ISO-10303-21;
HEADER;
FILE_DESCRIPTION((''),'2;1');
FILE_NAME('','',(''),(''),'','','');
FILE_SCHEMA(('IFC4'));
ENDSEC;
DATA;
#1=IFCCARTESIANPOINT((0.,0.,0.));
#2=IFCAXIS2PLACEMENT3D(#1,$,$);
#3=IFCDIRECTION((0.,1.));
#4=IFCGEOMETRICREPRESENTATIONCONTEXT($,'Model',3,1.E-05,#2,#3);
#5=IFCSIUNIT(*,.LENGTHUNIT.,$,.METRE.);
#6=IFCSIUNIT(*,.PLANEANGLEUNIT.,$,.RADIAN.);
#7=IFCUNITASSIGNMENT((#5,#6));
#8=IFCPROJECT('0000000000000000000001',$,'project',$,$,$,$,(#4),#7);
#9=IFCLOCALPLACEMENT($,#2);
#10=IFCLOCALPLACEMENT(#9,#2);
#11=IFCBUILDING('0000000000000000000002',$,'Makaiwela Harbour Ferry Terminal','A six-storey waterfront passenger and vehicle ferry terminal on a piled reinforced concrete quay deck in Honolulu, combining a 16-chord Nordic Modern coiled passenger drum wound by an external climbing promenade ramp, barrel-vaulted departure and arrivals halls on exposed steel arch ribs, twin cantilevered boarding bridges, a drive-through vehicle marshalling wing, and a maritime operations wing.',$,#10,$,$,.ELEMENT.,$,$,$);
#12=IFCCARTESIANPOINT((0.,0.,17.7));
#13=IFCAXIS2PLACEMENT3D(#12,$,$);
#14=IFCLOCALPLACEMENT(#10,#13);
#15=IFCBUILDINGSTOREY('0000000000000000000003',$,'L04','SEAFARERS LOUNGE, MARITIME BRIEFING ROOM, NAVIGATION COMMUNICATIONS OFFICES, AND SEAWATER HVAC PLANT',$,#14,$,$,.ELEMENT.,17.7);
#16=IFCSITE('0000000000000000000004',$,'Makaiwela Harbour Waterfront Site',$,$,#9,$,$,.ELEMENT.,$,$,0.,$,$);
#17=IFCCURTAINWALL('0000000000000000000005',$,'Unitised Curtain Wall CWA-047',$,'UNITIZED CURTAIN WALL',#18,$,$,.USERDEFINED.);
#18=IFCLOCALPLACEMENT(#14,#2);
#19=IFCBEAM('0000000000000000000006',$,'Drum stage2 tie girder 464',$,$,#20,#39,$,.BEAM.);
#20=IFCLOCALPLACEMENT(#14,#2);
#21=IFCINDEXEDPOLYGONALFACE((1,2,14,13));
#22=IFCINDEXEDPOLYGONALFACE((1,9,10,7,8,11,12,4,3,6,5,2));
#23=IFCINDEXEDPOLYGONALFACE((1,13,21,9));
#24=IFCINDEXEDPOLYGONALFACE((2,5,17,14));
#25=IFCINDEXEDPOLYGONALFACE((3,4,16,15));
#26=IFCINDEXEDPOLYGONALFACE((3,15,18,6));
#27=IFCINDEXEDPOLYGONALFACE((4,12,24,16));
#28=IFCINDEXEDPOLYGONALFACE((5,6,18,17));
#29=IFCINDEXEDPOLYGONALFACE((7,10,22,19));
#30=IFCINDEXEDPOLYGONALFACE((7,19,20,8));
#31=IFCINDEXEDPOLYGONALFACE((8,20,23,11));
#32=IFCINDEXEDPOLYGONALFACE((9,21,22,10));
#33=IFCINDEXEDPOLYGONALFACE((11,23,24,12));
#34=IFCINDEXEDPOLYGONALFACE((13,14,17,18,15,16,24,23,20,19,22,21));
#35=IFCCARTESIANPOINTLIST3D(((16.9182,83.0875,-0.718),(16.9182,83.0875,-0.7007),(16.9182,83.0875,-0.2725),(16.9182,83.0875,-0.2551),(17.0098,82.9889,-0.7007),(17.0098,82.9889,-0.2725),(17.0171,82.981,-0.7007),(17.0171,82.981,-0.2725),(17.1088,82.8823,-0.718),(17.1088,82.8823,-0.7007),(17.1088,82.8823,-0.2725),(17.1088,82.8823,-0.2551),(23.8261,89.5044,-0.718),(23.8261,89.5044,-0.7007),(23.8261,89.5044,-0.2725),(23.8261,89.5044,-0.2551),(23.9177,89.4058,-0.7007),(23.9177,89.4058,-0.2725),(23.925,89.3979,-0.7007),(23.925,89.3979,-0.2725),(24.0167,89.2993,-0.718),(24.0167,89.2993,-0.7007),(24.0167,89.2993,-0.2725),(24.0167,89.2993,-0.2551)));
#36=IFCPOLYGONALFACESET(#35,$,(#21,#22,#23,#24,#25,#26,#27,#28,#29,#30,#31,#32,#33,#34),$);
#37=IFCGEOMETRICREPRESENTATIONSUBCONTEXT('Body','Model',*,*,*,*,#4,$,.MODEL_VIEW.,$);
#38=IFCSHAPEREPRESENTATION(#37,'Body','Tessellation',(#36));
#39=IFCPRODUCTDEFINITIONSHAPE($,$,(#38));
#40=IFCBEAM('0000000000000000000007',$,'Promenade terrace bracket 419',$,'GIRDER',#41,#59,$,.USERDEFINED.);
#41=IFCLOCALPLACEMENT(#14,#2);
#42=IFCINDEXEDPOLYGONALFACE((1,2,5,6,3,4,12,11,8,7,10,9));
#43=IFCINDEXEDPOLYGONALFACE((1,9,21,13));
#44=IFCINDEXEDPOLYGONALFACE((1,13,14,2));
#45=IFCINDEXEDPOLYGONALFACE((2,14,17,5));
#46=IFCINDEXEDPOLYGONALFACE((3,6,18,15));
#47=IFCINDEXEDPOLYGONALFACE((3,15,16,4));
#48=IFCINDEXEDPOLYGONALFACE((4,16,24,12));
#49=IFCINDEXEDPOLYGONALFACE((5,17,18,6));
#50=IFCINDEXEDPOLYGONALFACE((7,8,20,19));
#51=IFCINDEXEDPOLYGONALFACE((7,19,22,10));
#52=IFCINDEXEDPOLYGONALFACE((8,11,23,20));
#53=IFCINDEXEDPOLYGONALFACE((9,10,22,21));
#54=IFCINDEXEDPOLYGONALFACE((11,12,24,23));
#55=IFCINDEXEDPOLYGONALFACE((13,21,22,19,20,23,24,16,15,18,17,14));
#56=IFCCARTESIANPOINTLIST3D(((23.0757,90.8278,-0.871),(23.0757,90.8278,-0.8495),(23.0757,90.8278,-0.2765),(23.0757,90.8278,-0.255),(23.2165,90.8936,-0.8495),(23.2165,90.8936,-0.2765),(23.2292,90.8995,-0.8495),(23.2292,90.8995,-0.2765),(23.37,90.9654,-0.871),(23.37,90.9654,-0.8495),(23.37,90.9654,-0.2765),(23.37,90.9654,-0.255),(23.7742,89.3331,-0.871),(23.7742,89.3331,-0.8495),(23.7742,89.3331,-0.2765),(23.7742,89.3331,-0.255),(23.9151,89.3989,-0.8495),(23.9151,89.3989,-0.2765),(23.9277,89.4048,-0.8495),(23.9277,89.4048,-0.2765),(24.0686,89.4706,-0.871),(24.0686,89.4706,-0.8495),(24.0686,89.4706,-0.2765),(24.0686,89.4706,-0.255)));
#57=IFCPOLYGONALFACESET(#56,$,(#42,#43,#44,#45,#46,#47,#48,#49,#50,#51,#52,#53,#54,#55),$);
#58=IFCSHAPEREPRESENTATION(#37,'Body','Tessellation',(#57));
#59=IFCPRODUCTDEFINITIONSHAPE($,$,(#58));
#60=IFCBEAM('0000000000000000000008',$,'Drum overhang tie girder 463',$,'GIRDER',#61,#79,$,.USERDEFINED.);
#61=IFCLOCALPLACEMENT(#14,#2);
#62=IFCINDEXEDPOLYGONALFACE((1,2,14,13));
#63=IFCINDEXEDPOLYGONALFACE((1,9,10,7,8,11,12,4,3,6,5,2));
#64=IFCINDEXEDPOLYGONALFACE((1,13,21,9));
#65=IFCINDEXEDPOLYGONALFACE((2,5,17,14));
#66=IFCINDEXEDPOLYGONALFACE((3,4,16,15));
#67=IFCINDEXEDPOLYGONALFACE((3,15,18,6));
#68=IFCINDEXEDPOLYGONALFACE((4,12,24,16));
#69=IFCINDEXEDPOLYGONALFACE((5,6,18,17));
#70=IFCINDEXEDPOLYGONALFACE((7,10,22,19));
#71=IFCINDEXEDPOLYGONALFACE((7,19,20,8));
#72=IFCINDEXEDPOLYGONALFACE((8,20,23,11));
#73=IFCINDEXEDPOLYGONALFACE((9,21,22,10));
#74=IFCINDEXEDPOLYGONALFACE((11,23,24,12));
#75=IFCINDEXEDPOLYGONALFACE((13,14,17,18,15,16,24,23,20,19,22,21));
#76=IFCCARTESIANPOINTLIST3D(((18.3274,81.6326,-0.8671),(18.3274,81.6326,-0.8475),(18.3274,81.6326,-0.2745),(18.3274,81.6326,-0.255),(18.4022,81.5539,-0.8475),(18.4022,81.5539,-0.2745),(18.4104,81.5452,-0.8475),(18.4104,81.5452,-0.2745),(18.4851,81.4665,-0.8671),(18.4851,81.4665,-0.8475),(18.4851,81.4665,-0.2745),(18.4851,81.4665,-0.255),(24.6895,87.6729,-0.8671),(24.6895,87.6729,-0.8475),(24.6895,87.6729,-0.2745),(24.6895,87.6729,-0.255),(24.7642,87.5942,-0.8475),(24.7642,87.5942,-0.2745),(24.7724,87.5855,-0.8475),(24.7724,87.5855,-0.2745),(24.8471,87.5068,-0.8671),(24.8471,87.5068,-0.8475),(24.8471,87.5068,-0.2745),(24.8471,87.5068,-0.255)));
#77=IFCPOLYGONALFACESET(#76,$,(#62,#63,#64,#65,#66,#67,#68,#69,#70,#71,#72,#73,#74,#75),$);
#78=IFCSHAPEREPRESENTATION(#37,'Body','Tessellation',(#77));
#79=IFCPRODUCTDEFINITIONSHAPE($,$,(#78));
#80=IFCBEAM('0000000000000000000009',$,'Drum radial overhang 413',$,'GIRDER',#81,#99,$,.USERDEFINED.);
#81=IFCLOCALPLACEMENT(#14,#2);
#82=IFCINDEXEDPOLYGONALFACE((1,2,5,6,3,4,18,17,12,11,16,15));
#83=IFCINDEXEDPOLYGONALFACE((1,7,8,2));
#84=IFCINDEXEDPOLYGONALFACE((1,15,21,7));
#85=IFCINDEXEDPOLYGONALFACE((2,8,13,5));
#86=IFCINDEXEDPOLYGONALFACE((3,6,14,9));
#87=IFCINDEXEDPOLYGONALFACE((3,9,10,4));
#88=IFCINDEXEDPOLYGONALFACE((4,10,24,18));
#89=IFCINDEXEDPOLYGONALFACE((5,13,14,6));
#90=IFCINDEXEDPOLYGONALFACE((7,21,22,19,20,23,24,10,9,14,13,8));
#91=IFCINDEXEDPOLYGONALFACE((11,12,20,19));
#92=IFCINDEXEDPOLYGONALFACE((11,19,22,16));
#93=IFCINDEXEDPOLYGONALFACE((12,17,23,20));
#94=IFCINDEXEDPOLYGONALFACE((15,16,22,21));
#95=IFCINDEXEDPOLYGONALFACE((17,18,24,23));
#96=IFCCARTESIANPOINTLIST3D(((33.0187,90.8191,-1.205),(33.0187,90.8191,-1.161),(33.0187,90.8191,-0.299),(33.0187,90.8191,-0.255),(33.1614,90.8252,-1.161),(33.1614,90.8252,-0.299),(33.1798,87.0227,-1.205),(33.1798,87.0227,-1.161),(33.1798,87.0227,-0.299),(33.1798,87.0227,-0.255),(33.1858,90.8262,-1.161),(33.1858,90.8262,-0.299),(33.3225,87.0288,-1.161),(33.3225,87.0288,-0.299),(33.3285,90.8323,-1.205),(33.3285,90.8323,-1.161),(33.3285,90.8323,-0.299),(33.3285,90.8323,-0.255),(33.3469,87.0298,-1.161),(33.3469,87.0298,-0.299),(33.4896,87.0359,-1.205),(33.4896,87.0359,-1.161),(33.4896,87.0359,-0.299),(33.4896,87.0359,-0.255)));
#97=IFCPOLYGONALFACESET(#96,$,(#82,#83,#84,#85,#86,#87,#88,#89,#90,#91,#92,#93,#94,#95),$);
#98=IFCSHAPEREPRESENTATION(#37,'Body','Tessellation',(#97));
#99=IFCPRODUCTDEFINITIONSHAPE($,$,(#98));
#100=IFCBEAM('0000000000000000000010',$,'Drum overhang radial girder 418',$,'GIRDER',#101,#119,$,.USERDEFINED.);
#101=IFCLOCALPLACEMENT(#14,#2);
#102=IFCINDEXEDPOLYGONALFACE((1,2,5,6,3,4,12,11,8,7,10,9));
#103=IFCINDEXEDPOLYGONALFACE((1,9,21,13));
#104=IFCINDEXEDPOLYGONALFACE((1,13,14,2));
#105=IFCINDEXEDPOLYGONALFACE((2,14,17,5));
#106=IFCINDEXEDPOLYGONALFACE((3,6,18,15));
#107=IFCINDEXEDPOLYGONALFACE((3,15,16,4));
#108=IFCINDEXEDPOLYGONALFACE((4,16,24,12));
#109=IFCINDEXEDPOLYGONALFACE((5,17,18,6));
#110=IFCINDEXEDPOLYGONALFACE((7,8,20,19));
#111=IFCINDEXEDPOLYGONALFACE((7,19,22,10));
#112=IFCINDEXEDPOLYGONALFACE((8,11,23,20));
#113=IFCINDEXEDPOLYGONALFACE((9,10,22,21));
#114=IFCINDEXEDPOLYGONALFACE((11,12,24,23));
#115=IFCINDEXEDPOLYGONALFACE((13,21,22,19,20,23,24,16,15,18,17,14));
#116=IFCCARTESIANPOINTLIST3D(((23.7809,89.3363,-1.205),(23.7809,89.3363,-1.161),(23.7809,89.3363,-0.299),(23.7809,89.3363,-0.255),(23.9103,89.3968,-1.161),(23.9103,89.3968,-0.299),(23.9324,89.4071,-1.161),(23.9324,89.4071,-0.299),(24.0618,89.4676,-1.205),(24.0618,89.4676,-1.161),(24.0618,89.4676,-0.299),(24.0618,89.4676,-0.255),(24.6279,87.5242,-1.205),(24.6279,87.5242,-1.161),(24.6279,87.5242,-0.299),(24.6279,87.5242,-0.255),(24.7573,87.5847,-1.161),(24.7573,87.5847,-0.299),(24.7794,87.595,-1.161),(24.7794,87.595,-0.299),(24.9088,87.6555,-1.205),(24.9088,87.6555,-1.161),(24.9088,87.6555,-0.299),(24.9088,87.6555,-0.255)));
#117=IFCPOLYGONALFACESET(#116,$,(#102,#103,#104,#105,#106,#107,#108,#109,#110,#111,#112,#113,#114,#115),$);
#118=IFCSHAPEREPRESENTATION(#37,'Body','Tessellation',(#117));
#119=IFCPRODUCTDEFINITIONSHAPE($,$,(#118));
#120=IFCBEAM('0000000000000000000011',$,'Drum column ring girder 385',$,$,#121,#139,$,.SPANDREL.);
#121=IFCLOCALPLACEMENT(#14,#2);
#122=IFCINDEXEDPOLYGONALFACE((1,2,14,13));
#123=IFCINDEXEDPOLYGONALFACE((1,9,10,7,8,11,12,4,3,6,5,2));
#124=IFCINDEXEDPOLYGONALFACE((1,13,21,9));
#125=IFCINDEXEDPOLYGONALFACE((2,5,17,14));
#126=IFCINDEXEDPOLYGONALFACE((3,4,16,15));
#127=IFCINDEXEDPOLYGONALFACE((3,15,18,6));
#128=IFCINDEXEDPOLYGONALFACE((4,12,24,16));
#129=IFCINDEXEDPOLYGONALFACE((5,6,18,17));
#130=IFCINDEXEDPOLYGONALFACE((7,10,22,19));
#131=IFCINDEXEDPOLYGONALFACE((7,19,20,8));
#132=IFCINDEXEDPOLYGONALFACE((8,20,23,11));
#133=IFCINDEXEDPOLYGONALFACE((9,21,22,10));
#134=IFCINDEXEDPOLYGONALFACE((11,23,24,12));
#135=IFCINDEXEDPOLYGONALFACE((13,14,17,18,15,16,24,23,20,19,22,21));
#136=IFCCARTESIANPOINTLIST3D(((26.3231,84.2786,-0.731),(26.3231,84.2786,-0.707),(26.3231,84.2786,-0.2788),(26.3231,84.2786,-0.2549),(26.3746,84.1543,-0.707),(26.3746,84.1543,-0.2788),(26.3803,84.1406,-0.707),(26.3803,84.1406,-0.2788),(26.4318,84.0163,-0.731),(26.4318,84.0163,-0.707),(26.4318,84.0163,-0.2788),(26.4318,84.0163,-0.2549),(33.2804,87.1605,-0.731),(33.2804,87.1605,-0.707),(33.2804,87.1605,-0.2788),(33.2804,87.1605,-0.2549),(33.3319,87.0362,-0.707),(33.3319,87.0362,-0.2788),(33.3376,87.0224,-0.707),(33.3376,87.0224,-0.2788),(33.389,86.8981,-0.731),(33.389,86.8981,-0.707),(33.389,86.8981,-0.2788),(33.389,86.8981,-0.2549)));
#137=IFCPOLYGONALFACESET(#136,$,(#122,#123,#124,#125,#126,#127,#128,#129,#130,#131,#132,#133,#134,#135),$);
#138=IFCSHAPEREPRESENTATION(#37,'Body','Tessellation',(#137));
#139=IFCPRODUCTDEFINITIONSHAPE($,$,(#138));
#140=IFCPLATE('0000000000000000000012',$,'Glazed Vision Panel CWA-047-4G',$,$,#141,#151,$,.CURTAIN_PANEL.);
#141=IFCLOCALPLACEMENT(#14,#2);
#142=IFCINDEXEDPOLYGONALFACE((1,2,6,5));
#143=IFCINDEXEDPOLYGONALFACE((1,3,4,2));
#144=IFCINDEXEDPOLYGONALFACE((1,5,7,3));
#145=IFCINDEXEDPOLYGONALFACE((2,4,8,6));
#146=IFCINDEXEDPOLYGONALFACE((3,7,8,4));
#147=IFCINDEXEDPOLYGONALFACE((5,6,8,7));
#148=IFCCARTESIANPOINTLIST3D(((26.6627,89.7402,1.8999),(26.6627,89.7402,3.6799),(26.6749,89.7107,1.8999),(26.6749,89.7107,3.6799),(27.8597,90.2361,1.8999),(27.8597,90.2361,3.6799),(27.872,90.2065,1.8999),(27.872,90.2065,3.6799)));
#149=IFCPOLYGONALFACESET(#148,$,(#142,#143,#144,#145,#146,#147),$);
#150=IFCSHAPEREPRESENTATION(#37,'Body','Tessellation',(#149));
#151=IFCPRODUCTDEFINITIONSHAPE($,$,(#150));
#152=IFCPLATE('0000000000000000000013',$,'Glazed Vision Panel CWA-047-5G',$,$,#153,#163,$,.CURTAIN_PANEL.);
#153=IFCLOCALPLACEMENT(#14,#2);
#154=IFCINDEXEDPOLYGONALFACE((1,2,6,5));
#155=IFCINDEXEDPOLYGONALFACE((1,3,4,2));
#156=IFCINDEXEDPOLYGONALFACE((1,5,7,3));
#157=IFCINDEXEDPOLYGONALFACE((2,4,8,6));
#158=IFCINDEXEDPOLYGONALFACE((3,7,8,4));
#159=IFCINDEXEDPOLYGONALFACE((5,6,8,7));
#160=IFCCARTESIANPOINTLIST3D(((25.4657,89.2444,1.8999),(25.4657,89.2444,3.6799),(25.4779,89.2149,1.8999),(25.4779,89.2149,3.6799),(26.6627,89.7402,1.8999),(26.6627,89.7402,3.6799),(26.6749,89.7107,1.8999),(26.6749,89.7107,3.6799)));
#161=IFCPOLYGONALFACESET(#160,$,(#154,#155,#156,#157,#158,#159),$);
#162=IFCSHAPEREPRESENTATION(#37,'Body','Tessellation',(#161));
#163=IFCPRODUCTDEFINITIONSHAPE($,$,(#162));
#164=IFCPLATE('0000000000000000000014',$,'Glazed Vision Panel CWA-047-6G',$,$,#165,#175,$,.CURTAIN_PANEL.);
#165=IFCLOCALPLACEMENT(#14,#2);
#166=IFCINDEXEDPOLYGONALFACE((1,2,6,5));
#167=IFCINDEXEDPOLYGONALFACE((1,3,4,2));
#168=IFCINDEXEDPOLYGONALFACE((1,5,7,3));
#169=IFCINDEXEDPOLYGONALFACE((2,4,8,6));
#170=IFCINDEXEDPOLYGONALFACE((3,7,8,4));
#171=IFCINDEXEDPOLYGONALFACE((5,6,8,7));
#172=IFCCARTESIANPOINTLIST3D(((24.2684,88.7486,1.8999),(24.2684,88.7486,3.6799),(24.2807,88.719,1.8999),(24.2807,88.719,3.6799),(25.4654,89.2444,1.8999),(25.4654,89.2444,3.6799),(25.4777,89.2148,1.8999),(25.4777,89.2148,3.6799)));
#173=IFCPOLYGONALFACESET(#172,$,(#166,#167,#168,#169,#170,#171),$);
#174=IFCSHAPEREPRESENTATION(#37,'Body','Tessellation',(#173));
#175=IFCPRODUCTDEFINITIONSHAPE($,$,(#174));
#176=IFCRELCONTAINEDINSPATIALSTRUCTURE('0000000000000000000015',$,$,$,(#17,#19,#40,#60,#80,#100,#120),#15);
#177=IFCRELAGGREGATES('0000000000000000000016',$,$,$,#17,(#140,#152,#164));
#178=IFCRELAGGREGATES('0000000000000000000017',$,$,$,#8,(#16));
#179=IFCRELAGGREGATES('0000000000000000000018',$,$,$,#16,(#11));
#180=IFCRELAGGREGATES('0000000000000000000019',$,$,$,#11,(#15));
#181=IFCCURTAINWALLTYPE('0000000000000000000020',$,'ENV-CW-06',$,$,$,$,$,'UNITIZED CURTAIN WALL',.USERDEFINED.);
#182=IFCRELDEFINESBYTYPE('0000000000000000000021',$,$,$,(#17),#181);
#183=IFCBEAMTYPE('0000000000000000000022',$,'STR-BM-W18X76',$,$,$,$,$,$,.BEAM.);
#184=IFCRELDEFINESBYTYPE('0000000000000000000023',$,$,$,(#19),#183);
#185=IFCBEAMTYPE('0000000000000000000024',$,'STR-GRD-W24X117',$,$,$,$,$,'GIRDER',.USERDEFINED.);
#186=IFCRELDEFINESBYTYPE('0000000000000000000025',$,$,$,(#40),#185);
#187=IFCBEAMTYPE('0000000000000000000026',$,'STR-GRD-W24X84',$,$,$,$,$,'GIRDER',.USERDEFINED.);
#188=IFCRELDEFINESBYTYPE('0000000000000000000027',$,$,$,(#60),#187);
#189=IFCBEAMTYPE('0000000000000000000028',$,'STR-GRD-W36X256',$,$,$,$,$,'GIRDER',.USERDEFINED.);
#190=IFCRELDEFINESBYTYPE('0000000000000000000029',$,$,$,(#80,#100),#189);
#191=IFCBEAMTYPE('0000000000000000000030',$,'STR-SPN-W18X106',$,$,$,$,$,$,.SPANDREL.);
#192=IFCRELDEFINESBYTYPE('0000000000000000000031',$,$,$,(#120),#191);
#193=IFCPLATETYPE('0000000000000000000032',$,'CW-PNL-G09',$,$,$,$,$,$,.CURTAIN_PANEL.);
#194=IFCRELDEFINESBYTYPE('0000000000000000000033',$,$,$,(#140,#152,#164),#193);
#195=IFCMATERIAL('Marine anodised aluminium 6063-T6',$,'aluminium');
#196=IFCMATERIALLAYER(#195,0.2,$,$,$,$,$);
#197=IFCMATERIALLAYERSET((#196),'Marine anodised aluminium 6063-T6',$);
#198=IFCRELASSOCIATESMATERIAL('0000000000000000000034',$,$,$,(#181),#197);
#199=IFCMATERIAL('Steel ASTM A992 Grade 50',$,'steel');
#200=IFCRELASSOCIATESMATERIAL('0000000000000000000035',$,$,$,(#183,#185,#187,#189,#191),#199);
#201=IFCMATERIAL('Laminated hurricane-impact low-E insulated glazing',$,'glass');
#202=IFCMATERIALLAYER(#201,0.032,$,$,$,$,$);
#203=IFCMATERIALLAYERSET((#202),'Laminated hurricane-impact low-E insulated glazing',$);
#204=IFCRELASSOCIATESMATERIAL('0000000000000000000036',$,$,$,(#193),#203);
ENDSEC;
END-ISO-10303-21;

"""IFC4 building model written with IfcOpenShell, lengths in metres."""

from ifc_helpers import new_model, si_unit, direction, frame, origin, origin_2d, place, context, subcontext, project, spatial, rectangle, i_section, extrude, material, layer, layer_set, material_profile, profile_set, type_object, element, aggregate, save


model = new_model("IFC4")

# Units and contexts
model_context = context("Model", 3, precision=1e-05, world=origin(), true_north=direction((0.0, 1.0)))
body_context = subcontext(model_context, "Body", "Model", "MODEL_VIEW")
ifc_project = project(units=[si_unit("LENGTHUNIT", "METRE"), si_unit("PLANEANGLEUNIT", "RADIAN")], contexts=[model_context])

# Site, building, storey
site_placement = place(None, origin())
site = spatial("IfcSite", under=ifc_project, at=site_placement, Name="Makaiwela Harbour Waterfront Site", CompositionType="ELEMENT", RefElevation=0.0)
building_placement = place(site_placement, origin())
building = spatial("IfcBuilding", under=site, at=building_placement, Name="Makaiwela Harbour Ferry Terminal", Description="A six-storey waterfront passenger and vehicle ferry terminal on a piled reinforced concrete quay deck in Honolulu, combining a 16-chord Nordic Modern coiled passenger drum wound by an external climbing promenade ramp, barrel-vaulted departure and arrivals halls on exposed steel arch ribs, twin cantilevered boarding bridges, a drive-through vehicle marshalling wing, and a maritime operations wing.", CompositionType="ELEMENT")
storey_placement = place(building_placement, frame((0.0, 0.0, 17.7)))
storey = spatial("IfcBuildingStorey", under=building, at=storey_placement, Name="L04", Description="SEAFARERS LOUNGE, MARITIME BRIEFING ROOM, NAVIGATION COMMUNICATIONS OFFICES, AND SEAWATER HVAC PLANT", CompositionType="ELEMENT", Elevation=17.7)

# Curtain wall
ifc_material_1 = material(Name="Marine anodised aluminium 6063-T6", Category="aluminium")
ifc_layer_1 = layer(ifc_material_1, 0.2)
ifc_layer_set_1 = layer_set([ifc_layer_1], Name="Marine anodised aluminium 6063-T6")
curtain_wall_type = type_object("IfcCurtainWallType", Name="ENV-CW-06", ElementType="UNITIZED CURTAIN WALL", PredefinedType="USERDEFINED", material=ifc_layer_set_1)
curtain_wall_1_placement = place(storey_placement, origin())
curtain_wall_1 = element("IfcCurtainWall", 1, at=curtain_wall_1_placement, inside=storey, type_object=curtain_wall_type, Name="Unitised Curtain Wall CWA-047", ObjectType="UNITIZED CURTAIN WALL", PredefinedType="USERDEFINED")

# Beams
ifc_material_2 = material(Name="Steel ASTM A992 Grade 50", Category="steel")
ifc_material_profile_1 = material_profile(ifc_material_2, i_section(OverallWidth=0.28, OverallDepth=0.4629, WebThickness=0.0107, FlangeThickness=0.0173, at=origin_2d()), Name="W18X76")
ifc_profile_set_1 = profile_set([ifc_material_profile_1], Name="Steel ASTM A992 Grade 50")
beam_type_1 = type_object("IfcBeamType", Name="STR-BM-W18X76", PredefinedType="BEAM", material=ifc_profile_set_1)
beam_1_placement = place(storey_placement, frame((23.9214, 89.4019, -0.4866), z_axis=(-0.732663, -0.680591, 0.0), x_axis=(0.680591, -0.732663, 0.0)))
element("IfcBeam", 2, at=beam_1_placement, inside=storey, type_object=beam_type_1, Name="Drum stage2 tie girder 464", PredefinedType="BEAM", context=body_context, shape_type="SweptSolid", body=[
    extrude(i_section(OverallWidth=0.28, OverallDepth=0.4629, WebThickness=0.0107, FlangeThickness=0.0173, at=origin_2d()), origin(), (0.0, 0.0, 1.0), 9.4285),
])
ifc_material_profile_2 = material_profile(ifc_material_2, i_section(OverallWidth=0.325, OverallDepth=0.616, WebThickness=0.0139, FlangeThickness=0.0215, at=origin_2d()), Name="W24X117")
ifc_profile_set_2 = profile_set([ifc_material_profile_2], Name="Steel ASTM A992 Grade 50")
beam_type_2 = type_object("IfcBeamType", Name="STR-GRD-W24X117", ElementType="GIRDER", PredefinedType="USERDEFINED", material=ifc_profile_set_2)
beam_2_placement = place(storey_placement, frame((23.9214, 89.4019, -0.563), z_axis=(-0.42338, 0.905952, 0.0), x_axis=(-0.905952, -0.42338, 0.0)))
element("IfcBeam", 3, at=beam_2_placement, inside=storey, type_object=beam_type_2, Name="Promenade terrace bracket 419", ObjectType="GIRDER", PredefinedType="USERDEFINED", context=body_context, shape_type="SweptSolid", body=[
    extrude(i_section(OverallWidth=0.325, OverallDepth=0.616, WebThickness=0.0139, FlangeThickness=0.0215, at=origin_2d()), origin(), (0.0, 0.0, 1.0), 1.6499),
])
ifc_material_profile_3 = material_profile(ifc_material_2, i_section(OverallWidth=0.229, OverallDepth=0.6121, WebThickness=0.012, FlangeThickness=0.0195, at=origin_2d()), Name="W24X84")
ifc_profile_set_3 = profile_set([ifc_material_profile_3], Name="Steel ASTM A992 Grade 50")
beam_type_3 = type_object("IfcBeamType", Name="STR-GRD-W24X84", ElementType="GIRDER", PredefinedType="USERDEFINED", material=ifc_profile_set_3)
beam_3_placement = place(storey_placement, frame((24.7683, 87.5898, -0.561), z_axis=(-0.725209, -0.688529, 0.0), x_axis=(0.688529, -0.725209, 0.0)))
element("IfcBeam", 4, at=beam_3_placement, inside=storey, type_object=beam_type_3, Name="Drum overhang tie girder 463", ObjectType="GIRDER", PredefinedType="USERDEFINED", context=body_context, shape_type="SweptSolid", body=[
    extrude(i_section(OverallWidth=0.229, OverallDepth=0.6121, WebThickness=0.012, FlangeThickness=0.0195, at=origin_2d()), origin(), (0.0, 0.0, 1.0), 8.7727),
])
ifc_material_profile_4 = material_profile(ifc_material_2, i_section(OverallWidth=0.3101, OverallDepth=0.95, WebThickness=0.0244, FlangeThickness=0.0439, at=origin_2d()), Name="W36X256")
ifc_profile_set_4 = profile_set([ifc_material_profile_4], Name="Steel ASTM A992 Grade 50")
beam_type_4 = type_object("IfcBeamType", Name="STR-GRD-W36X256", ElementType="GIRDER", PredefinedType="USERDEFINED", material=ifc_profile_set_4)
beam_4_placement = place(storey_placement, frame((33.3347, 87.0293, -0.73), z_axis=(-0.042406, 0.9991, 0.0), x_axis=(-0.9991, -0.042406, 0.0)))
element("IfcBeam", 5, at=beam_4_placement, inside=storey, type_object=beam_type_4, Name="Drum radial overhang 413", ObjectType="GIRDER", PredefinedType="USERDEFINED", context=body_context, shape_type="SweptSolid", body=[
    extrude(i_section(OverallWidth=0.3101, OverallDepth=0.95, WebThickness=0.0244, FlangeThickness=0.0439, at=origin_2d()), origin(), (0.0, 0.0, 1.0), 3.7998),
])
beam_5_placement = place(storey_placement, frame((24.7683, 87.5898, -0.73), z_axis=(-0.423427, 0.90593, 0.0), x_axis=(-0.90593, -0.423427, 0.0)))
element("IfcBeam", 6, at=beam_5_placement, inside=storey, type_object=beam_type_4, Name="Drum overhang radial girder 418", ObjectType="GIRDER", PredefinedType="USERDEFINED", context=body_context, shape_type="SweptSolid", body=[
    extrude(i_section(OverallWidth=0.3101, OverallDepth=0.95, WebThickness=0.0244, FlangeThickness=0.0439, at=origin_2d()), origin(), (0.0, 0.0, 1.0), 2.0002),
])
ifc_material_profile_5 = material_profile(ifc_material_2, i_section(OverallWidth=0.2839, OverallDepth=0.4761, WebThickness=0.0149, FlangeThickness=0.0239, at=origin_2d()), Name="W18X106")
ifc_profile_set_5 = profile_set([ifc_material_profile_5], Name="Steel ASTM A992 Grade 50")
beam_type_5 = type_object("IfcBeamType", Name="STR-SPN-W18X106", PredefinedType="SPANDREL", material=ifc_profile_set_5)
beam_6_placement = place(storey_placement, frame((33.3347, 87.0293, -0.4929), z_axis=(-0.923878, -0.382688, 0.0), x_axis=(0.382688, -0.923878, 0.0)))
element("IfcBeam", 7, at=beam_6_placement, inside=storey, type_object=beam_type_5, Name="Drum column ring girder 385", PredefinedType="SPANDREL", context=body_context, shape_type="SweptSolid", body=[
    extrude(i_section(OverallWidth=0.2839, OverallDepth=0.4761, WebThickness=0.0149, FlangeThickness=0.0239, at=origin_2d()), origin(), (0.0, 0.0, 1.0), 7.5305),
])

# Plates
ifc_material_3 = material(Name="Laminated hurricane-impact low-E insulated glazing", Category="glass")
ifc_layer_2 = layer(ifc_material_3, 0.032)
ifc_layer_set_2 = layer_set([ifc_layer_2], Name="Laminated hurricane-impact low-E insulated glazing")
plate_type_1 = type_object("IfcPlateType", Name="CW-PNL-G09", PredefinedType="CURTAIN_PANEL", material=ifc_layer_set_2)
plate_1_placement = place(storey_placement, frame((27.2673, 89.9734, 1.8999), z_axis=(0.0, 0.0, 1.0), x_axis=(-0.92388, -0.382683, 0.0)))
plate_1 = element("IfcPlate", 8, at=plate_1_placement, type_object=plate_type_1, Name="Glazed Vision Panel CWA-047-4G", PredefinedType="CURTAIN_PANEL", context=body_context, shape_type="SweptSolid", body=[
    extrude(rectangle(XDim=1.2957, YDim=0.032, at=origin_2d()), origin(), (0.0, 0.0, 1.0), 1.78),
])
plate_2_placement = place(storey_placement, frame((26.0703, 89.4775, 1.8999), z_axis=(0.0, 0.0, 1.0), x_axis=(-0.92388, -0.382683, 0.0)))
plate_2 = element("IfcPlate", 9, at=plate_2_placement, type_object=plate_type_1, Name="Glazed Vision Panel CWA-047-5G", PredefinedType="CURTAIN_PANEL", context=body_context, shape_type="SweptSolid", body=[
    extrude(rectangle(XDim=1.2957, YDim=0.032, at=origin_2d()), origin(), (0.0, 0.0, 1.0), 1.78),
])
plate_3_placement = place(storey_placement, frame((24.873, 88.9817, 1.8999), z_axis=(0.0, 0.0, 1.0), x_axis=(-0.92388, -0.382683, 0.0)))
plate_3 = element("IfcPlate", 10, at=plate_3_placement, type_object=plate_type_1, Name="Glazed Vision Panel CWA-047-6G", PredefinedType="CURTAIN_PANEL", context=body_context, shape_type="SweptSolid", body=[
    extrude(rectangle(XDim=1.2957, YDim=0.032, at=origin_2d()), origin(), (0.0, 0.0, 1.0), 1.78),
])
aggregate(curtain_wall_1, [plate_1, plate_2, plate_3])

save(model, "model.ifc")
